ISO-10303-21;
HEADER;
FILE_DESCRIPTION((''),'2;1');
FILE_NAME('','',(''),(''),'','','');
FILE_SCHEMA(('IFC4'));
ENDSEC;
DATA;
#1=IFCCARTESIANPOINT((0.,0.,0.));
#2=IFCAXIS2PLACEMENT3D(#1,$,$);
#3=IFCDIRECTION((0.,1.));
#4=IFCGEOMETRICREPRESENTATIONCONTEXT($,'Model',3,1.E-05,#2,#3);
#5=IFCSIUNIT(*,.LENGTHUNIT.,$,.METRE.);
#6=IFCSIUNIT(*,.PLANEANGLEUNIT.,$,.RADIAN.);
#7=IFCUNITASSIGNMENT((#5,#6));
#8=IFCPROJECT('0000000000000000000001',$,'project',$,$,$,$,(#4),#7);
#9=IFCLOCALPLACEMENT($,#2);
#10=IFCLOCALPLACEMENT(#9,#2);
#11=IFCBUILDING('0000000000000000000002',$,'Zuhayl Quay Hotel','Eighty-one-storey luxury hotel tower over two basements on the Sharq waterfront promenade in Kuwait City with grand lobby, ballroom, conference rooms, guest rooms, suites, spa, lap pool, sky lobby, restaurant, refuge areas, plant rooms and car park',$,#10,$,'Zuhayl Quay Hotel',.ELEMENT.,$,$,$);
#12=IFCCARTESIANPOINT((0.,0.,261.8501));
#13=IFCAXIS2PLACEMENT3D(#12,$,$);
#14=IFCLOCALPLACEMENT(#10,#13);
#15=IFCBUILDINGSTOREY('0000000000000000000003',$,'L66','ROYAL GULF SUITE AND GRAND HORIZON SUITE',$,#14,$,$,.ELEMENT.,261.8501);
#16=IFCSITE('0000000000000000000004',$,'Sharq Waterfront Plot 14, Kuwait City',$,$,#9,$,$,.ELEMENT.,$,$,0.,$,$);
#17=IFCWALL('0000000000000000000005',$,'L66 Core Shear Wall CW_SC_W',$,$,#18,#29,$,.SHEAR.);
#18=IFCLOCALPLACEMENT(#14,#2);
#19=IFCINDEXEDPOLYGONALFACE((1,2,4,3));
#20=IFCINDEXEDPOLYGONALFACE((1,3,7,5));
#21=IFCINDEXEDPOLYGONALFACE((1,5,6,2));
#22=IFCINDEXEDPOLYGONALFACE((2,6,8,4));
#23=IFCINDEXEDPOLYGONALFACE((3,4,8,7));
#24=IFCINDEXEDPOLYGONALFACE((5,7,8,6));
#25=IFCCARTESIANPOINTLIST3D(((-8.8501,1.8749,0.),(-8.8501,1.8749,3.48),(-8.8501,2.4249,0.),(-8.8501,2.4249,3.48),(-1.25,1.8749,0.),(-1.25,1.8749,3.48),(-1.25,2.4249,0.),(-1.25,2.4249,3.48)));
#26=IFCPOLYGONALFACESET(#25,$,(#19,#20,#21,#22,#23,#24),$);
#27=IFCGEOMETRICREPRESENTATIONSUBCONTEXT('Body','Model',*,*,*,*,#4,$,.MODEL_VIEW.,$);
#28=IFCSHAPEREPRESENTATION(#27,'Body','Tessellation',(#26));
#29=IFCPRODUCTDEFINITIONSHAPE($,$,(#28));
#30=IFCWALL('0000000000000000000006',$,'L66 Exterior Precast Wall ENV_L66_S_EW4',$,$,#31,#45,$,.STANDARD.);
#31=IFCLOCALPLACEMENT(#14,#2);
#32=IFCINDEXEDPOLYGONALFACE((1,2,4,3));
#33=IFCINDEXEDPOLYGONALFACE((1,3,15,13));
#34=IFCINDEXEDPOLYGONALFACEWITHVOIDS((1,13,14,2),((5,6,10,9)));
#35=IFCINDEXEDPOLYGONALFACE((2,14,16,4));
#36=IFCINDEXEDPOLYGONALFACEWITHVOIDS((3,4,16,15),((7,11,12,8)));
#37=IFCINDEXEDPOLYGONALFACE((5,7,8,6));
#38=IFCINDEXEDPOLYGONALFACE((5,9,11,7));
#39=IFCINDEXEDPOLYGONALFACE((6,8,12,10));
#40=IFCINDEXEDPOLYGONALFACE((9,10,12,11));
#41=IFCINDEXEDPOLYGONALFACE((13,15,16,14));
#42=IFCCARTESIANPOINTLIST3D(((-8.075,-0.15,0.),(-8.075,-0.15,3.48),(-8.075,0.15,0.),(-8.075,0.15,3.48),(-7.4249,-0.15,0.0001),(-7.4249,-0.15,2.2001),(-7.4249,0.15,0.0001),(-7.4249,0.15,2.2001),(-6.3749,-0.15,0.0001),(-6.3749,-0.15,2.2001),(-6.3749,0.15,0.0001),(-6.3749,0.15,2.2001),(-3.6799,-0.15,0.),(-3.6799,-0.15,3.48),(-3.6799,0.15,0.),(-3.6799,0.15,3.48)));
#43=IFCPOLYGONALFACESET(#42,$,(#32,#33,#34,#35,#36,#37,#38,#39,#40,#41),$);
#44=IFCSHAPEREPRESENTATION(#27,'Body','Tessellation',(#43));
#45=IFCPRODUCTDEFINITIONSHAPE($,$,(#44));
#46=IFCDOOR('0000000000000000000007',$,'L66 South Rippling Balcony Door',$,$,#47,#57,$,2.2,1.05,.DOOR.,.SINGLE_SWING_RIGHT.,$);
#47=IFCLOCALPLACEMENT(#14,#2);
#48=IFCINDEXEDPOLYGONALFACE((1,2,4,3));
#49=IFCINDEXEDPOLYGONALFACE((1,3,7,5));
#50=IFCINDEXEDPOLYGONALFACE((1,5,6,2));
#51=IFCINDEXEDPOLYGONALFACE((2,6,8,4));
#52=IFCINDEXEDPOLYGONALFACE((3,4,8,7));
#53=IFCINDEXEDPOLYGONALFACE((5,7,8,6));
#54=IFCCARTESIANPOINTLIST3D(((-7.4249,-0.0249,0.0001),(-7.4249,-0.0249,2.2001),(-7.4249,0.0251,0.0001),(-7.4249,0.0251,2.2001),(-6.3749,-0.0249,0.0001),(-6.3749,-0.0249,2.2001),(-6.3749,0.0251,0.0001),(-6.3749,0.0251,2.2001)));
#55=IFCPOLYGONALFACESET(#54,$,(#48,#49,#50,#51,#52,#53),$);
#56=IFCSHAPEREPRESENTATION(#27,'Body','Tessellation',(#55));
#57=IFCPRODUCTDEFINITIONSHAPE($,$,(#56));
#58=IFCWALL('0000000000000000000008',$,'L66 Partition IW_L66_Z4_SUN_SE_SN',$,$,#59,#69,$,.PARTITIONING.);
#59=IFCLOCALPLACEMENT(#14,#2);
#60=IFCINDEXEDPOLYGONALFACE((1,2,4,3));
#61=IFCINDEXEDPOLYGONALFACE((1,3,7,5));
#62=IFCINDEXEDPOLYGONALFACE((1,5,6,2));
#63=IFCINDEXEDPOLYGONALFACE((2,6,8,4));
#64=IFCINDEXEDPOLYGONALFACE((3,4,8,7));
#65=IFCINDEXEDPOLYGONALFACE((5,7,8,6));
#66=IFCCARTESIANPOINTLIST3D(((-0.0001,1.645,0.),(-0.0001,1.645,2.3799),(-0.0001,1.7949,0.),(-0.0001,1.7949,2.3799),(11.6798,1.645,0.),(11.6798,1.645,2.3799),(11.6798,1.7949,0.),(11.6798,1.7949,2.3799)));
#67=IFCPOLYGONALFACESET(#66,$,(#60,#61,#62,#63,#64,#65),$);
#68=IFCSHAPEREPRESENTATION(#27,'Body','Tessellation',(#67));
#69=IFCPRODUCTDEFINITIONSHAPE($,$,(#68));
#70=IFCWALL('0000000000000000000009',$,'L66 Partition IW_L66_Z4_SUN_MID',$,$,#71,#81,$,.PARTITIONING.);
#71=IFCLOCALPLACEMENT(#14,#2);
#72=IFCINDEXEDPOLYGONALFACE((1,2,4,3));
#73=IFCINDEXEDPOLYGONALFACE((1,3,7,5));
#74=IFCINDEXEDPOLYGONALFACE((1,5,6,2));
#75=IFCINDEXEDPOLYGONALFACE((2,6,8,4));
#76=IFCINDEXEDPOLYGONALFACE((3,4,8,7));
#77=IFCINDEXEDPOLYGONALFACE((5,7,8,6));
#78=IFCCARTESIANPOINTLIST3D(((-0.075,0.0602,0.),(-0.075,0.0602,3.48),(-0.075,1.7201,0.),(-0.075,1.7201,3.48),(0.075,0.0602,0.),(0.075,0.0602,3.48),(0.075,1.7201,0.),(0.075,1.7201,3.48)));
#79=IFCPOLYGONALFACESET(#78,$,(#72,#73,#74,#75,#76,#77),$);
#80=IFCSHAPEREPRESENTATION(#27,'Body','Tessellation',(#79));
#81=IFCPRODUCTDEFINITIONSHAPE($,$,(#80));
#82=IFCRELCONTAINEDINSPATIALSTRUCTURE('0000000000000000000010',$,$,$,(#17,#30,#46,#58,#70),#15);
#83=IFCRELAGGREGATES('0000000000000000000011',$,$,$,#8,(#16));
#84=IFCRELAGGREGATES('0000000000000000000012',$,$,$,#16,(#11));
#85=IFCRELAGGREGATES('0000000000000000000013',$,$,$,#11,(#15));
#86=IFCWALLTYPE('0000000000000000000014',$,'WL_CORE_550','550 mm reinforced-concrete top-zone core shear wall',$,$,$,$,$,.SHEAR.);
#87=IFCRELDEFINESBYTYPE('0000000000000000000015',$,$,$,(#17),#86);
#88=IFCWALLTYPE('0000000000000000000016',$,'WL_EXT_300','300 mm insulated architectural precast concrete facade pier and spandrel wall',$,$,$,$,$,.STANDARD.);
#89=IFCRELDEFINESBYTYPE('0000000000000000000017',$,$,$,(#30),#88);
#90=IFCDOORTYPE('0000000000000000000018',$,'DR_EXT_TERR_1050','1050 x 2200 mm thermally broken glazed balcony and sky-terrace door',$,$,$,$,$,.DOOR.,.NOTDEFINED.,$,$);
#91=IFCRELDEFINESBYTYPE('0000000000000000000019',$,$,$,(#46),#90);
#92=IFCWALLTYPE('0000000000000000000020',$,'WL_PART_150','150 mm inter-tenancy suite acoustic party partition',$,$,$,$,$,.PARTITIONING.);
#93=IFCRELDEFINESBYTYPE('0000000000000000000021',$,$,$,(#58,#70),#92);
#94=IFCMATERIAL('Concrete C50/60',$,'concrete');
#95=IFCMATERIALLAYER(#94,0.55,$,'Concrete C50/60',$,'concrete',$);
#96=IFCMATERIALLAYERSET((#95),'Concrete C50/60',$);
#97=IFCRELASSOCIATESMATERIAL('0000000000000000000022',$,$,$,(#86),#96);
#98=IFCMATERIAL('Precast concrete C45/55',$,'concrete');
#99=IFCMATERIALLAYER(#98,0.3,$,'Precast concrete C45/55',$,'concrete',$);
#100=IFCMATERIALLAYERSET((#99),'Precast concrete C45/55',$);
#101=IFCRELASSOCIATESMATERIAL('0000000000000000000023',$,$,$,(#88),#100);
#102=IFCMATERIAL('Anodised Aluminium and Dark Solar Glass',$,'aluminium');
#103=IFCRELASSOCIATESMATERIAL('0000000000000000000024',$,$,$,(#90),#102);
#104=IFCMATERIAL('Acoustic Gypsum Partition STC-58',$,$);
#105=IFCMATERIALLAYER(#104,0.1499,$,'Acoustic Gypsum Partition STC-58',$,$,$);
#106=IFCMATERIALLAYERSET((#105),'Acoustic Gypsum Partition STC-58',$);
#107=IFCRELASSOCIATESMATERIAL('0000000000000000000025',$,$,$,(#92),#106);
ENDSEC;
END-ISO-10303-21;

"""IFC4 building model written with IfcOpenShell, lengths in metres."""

from ifc_helpers import new_model, si_unit, direction, frame, frame_2d, origin, place, context, subcontext, project, spatial, rectangle, extrude, material, layer, layer_set, type_object, element, fill, save


model = new_model("IFC4")

# Units and contexts
model_context = context("Model", 3, precision=1e-05, world=origin(), true_north=direction((0.0, 1.0)))
body_context = subcontext(model_context, "Body", "Model", "MODEL_VIEW")
ifc_project = project(units=[si_unit("LENGTHUNIT", "METRE"), si_unit("PLANEANGLEUNIT", "RADIAN")], contexts=[model_context])

# Site, building, storey
site_placement = place(None, origin())
site = spatial("IfcSite", under=ifc_project, at=site_placement, Name="Sharq Waterfront Plot 14, Kuwait City", CompositionType="ELEMENT", RefElevation=0.0)
building_placement = place(site_placement, origin())
building = spatial("IfcBuilding", under=site, at=building_placement, Name="Zuhayl Quay Hotel", Description="Eighty-one-storey luxury hotel tower over two basements on the Sharq waterfront promenade in Kuwait City with grand lobby, ballroom, conference rooms, guest rooms, suites, spa, lap pool, sky lobby, restaurant, refuge areas, plant rooms and car park", LongName="Zuhayl Quay Hotel", CompositionType="ELEMENT")
storey_placement = place(building_placement, frame((0.0, 0.0, 261.8501)))
storey = spatial("IfcBuildingStorey", under=building, at=storey_placement, Name="L66", Description="ROYAL GULF SUITE AND GRAND HORIZON SUITE", CompositionType="ELEMENT", Elevation=261.8501)

# Wall
ifc_material_1 = material(Name="Concrete C50/60", Category="concrete")
ifc_layer_1 = layer(ifc_material_1, 0.55, Name="Concrete C50/60", Category="concrete")
ifc_layer_set_1 = layer_set([ifc_layer_1], Name="Concrete C50/60")
wall_type_1 = type_object("IfcWallType", Name="WL_CORE_550", Description="550 mm reinforced-concrete top-zone core shear wall", PredefinedType="SHEAR", material=ifc_layer_set_1)
wall_1_placement = place(storey_placement, frame((-8.8501, 2.1499, 0.0), z_axis=(0.0, 0.0, 1.0), x_axis=(1.0, 0.0, 0.0)))
element("IfcWall", 1, at=wall_1_placement, inside=storey, type_object=wall_type_1, Name="L66 Core Shear Wall CW_SC_W", PredefinedType="SHEAR", context=body_context, shape_type="SweptSolid", body=[
    extrude(rectangle(XDim=7.6001, YDim=0.55, at=frame_2d((3.8, 0.0))), origin(), (0.0, 0.0, 1.0), 3.48),
])

# Wall, opening, door
ifc_material_2 = material(Name="Precast concrete C45/55", Category="concrete")
ifc_layer_2 = layer(ifc_material_2, 0.3, Name="Precast concrete C45/55", Category="concrete")
ifc_layer_set_2 = layer_set([ifc_layer_2], Name="Precast concrete C45/55")
wall_type_2 = type_object("IfcWallType", Name="WL_EXT_300", Description="300 mm insulated architectural precast concrete facade pier and spandrel wall", PredefinedType="STANDARD", material=ifc_layer_set_2)
wall_2_placement = place(storey_placement, frame((-3.6799, 0.0, 0.0), z_axis=(0.0, 0.0, 1.0), x_axis=(-1.0, 0.0, 0.0)))
wall_2 = element("IfcWall", 2, at=wall_2_placement, inside=storey, type_object=wall_type_2, Name="L66 Exterior Precast Wall ENV_L66_S_EW4", PredefinedType="STANDARD", context=body_context, shape_type="SweptSolid", body=[
    extrude(rectangle(XDim=4.395, YDim=0.3, at=frame_2d((2.1975, 0.0))), origin(), (0.0, 0.0, 1.0), 3.48),
])
opening_placement = place(wall_2_placement, frame((2.6951, 0.0, 0.0)))
opening = element("IfcOpeningElement", 3, at=opening_placement, cuts=wall_2, PredefinedType="OPENING", context=body_context, shape_type="SweptSolid", body=[
    extrude(rectangle(XDim=1.05, YDim=2.2, at=frame_2d((0.5249, 1.1001))), frame((0.0, 0.1599, 0.0), z_axis=(0.0, -1.0, 0.0), x_axis=(1.0, 0.0, 0.0)), (0.0, 0.0, 1.0), 0.3201),
])
ifc_material_3 = material(Name="Anodised Aluminium and Dark Solar Glass", Category="aluminium")
door_type = type_object("IfcDoorType", Name="DR_EXT_TERR_1050", Description="1050 x 2200 mm thermally broken glazed balcony and sky-terrace door", OperationType="NOTDEFINED", PredefinedType="DOOR", material=ifc_material_3)
door_placement = place(opening_placement, origin())
door = element("IfcDoor", 4, at=door_placement, inside=storey, type_object=door_type, Name="L66 South Rippling Balcony Door", OperationType="SINGLE_SWING_RIGHT", OverallHeight=2.2, OverallWidth=1.05, PredefinedType="DOOR", context=body_context, shape_type="SweptSolid", body=[
    extrude(rectangle(XDim=1.05, YDim=2.2, at=frame_2d((0.5249, 1.1001))), frame((0.0, 0.0249, 0.0), z_axis=(0.0, -1.0, 0.0), x_axis=(1.0, 0.0, 0.0)), (0.0, 0.0, 1.0), 0.05),
])
fill(opening, door)

# Walls
ifc_material_4 = material(Name="Acoustic Gypsum Partition STC-58")
ifc_layer_3 = layer(ifc_material_4, 0.1499, Name="Acoustic Gypsum Partition STC-58")
ifc_layer_set_3 = layer_set([ifc_layer_3], Name="Acoustic Gypsum Partition STC-58")
wall_type_3 = type_object("IfcWallType", Name="WL_PART_150", Description="150 mm inter-tenancy suite acoustic party partition", PredefinedType="PARTITIONING", material=ifc_layer_set_3)
wall_3_placement = place(storey_placement, frame((0.0, 1.72, 0.0), z_axis=(0.0, 0.0, 1.0), x_axis=(1.0, 0.0, 0.0)))
element("IfcWall", 5, at=wall_3_placement, inside=storey, type_object=wall_type_3, Name="L66 Partition IW_L66_Z4_SUN_SE_SN", PredefinedType="PARTITIONING", context=body_context, shape_type="SweptSolid", body=[
    extrude(rectangle(XDim=11.6799, YDim=0.1499, at=frame_2d((5.8398, 0.0))), origin(), (0.0, 0.0, 1.0), 2.3799),
])
wall_4_placement = place(storey_placement, frame((0.0, 0.0601, 0.0), z_axis=(0.0, 0.0, 1.0), x_axis=(0.0, 1.0, 0.0)))
element("IfcWall", 6, at=wall_4_placement, inside=storey, type_object=wall_type_3, Name="L66 Partition IW_L66_Z4_SUN_MID", PredefinedType="PARTITIONING", context=body_context, shape_type="SweptSolid", body=[
    extrude(rectangle(XDim=1.6599, YDim=0.1499, at=frame_2d((0.8301, 0.0))), origin(), (0.0, 0.0, 1.0), 3.48),
])

save(model, "model.ifc")
